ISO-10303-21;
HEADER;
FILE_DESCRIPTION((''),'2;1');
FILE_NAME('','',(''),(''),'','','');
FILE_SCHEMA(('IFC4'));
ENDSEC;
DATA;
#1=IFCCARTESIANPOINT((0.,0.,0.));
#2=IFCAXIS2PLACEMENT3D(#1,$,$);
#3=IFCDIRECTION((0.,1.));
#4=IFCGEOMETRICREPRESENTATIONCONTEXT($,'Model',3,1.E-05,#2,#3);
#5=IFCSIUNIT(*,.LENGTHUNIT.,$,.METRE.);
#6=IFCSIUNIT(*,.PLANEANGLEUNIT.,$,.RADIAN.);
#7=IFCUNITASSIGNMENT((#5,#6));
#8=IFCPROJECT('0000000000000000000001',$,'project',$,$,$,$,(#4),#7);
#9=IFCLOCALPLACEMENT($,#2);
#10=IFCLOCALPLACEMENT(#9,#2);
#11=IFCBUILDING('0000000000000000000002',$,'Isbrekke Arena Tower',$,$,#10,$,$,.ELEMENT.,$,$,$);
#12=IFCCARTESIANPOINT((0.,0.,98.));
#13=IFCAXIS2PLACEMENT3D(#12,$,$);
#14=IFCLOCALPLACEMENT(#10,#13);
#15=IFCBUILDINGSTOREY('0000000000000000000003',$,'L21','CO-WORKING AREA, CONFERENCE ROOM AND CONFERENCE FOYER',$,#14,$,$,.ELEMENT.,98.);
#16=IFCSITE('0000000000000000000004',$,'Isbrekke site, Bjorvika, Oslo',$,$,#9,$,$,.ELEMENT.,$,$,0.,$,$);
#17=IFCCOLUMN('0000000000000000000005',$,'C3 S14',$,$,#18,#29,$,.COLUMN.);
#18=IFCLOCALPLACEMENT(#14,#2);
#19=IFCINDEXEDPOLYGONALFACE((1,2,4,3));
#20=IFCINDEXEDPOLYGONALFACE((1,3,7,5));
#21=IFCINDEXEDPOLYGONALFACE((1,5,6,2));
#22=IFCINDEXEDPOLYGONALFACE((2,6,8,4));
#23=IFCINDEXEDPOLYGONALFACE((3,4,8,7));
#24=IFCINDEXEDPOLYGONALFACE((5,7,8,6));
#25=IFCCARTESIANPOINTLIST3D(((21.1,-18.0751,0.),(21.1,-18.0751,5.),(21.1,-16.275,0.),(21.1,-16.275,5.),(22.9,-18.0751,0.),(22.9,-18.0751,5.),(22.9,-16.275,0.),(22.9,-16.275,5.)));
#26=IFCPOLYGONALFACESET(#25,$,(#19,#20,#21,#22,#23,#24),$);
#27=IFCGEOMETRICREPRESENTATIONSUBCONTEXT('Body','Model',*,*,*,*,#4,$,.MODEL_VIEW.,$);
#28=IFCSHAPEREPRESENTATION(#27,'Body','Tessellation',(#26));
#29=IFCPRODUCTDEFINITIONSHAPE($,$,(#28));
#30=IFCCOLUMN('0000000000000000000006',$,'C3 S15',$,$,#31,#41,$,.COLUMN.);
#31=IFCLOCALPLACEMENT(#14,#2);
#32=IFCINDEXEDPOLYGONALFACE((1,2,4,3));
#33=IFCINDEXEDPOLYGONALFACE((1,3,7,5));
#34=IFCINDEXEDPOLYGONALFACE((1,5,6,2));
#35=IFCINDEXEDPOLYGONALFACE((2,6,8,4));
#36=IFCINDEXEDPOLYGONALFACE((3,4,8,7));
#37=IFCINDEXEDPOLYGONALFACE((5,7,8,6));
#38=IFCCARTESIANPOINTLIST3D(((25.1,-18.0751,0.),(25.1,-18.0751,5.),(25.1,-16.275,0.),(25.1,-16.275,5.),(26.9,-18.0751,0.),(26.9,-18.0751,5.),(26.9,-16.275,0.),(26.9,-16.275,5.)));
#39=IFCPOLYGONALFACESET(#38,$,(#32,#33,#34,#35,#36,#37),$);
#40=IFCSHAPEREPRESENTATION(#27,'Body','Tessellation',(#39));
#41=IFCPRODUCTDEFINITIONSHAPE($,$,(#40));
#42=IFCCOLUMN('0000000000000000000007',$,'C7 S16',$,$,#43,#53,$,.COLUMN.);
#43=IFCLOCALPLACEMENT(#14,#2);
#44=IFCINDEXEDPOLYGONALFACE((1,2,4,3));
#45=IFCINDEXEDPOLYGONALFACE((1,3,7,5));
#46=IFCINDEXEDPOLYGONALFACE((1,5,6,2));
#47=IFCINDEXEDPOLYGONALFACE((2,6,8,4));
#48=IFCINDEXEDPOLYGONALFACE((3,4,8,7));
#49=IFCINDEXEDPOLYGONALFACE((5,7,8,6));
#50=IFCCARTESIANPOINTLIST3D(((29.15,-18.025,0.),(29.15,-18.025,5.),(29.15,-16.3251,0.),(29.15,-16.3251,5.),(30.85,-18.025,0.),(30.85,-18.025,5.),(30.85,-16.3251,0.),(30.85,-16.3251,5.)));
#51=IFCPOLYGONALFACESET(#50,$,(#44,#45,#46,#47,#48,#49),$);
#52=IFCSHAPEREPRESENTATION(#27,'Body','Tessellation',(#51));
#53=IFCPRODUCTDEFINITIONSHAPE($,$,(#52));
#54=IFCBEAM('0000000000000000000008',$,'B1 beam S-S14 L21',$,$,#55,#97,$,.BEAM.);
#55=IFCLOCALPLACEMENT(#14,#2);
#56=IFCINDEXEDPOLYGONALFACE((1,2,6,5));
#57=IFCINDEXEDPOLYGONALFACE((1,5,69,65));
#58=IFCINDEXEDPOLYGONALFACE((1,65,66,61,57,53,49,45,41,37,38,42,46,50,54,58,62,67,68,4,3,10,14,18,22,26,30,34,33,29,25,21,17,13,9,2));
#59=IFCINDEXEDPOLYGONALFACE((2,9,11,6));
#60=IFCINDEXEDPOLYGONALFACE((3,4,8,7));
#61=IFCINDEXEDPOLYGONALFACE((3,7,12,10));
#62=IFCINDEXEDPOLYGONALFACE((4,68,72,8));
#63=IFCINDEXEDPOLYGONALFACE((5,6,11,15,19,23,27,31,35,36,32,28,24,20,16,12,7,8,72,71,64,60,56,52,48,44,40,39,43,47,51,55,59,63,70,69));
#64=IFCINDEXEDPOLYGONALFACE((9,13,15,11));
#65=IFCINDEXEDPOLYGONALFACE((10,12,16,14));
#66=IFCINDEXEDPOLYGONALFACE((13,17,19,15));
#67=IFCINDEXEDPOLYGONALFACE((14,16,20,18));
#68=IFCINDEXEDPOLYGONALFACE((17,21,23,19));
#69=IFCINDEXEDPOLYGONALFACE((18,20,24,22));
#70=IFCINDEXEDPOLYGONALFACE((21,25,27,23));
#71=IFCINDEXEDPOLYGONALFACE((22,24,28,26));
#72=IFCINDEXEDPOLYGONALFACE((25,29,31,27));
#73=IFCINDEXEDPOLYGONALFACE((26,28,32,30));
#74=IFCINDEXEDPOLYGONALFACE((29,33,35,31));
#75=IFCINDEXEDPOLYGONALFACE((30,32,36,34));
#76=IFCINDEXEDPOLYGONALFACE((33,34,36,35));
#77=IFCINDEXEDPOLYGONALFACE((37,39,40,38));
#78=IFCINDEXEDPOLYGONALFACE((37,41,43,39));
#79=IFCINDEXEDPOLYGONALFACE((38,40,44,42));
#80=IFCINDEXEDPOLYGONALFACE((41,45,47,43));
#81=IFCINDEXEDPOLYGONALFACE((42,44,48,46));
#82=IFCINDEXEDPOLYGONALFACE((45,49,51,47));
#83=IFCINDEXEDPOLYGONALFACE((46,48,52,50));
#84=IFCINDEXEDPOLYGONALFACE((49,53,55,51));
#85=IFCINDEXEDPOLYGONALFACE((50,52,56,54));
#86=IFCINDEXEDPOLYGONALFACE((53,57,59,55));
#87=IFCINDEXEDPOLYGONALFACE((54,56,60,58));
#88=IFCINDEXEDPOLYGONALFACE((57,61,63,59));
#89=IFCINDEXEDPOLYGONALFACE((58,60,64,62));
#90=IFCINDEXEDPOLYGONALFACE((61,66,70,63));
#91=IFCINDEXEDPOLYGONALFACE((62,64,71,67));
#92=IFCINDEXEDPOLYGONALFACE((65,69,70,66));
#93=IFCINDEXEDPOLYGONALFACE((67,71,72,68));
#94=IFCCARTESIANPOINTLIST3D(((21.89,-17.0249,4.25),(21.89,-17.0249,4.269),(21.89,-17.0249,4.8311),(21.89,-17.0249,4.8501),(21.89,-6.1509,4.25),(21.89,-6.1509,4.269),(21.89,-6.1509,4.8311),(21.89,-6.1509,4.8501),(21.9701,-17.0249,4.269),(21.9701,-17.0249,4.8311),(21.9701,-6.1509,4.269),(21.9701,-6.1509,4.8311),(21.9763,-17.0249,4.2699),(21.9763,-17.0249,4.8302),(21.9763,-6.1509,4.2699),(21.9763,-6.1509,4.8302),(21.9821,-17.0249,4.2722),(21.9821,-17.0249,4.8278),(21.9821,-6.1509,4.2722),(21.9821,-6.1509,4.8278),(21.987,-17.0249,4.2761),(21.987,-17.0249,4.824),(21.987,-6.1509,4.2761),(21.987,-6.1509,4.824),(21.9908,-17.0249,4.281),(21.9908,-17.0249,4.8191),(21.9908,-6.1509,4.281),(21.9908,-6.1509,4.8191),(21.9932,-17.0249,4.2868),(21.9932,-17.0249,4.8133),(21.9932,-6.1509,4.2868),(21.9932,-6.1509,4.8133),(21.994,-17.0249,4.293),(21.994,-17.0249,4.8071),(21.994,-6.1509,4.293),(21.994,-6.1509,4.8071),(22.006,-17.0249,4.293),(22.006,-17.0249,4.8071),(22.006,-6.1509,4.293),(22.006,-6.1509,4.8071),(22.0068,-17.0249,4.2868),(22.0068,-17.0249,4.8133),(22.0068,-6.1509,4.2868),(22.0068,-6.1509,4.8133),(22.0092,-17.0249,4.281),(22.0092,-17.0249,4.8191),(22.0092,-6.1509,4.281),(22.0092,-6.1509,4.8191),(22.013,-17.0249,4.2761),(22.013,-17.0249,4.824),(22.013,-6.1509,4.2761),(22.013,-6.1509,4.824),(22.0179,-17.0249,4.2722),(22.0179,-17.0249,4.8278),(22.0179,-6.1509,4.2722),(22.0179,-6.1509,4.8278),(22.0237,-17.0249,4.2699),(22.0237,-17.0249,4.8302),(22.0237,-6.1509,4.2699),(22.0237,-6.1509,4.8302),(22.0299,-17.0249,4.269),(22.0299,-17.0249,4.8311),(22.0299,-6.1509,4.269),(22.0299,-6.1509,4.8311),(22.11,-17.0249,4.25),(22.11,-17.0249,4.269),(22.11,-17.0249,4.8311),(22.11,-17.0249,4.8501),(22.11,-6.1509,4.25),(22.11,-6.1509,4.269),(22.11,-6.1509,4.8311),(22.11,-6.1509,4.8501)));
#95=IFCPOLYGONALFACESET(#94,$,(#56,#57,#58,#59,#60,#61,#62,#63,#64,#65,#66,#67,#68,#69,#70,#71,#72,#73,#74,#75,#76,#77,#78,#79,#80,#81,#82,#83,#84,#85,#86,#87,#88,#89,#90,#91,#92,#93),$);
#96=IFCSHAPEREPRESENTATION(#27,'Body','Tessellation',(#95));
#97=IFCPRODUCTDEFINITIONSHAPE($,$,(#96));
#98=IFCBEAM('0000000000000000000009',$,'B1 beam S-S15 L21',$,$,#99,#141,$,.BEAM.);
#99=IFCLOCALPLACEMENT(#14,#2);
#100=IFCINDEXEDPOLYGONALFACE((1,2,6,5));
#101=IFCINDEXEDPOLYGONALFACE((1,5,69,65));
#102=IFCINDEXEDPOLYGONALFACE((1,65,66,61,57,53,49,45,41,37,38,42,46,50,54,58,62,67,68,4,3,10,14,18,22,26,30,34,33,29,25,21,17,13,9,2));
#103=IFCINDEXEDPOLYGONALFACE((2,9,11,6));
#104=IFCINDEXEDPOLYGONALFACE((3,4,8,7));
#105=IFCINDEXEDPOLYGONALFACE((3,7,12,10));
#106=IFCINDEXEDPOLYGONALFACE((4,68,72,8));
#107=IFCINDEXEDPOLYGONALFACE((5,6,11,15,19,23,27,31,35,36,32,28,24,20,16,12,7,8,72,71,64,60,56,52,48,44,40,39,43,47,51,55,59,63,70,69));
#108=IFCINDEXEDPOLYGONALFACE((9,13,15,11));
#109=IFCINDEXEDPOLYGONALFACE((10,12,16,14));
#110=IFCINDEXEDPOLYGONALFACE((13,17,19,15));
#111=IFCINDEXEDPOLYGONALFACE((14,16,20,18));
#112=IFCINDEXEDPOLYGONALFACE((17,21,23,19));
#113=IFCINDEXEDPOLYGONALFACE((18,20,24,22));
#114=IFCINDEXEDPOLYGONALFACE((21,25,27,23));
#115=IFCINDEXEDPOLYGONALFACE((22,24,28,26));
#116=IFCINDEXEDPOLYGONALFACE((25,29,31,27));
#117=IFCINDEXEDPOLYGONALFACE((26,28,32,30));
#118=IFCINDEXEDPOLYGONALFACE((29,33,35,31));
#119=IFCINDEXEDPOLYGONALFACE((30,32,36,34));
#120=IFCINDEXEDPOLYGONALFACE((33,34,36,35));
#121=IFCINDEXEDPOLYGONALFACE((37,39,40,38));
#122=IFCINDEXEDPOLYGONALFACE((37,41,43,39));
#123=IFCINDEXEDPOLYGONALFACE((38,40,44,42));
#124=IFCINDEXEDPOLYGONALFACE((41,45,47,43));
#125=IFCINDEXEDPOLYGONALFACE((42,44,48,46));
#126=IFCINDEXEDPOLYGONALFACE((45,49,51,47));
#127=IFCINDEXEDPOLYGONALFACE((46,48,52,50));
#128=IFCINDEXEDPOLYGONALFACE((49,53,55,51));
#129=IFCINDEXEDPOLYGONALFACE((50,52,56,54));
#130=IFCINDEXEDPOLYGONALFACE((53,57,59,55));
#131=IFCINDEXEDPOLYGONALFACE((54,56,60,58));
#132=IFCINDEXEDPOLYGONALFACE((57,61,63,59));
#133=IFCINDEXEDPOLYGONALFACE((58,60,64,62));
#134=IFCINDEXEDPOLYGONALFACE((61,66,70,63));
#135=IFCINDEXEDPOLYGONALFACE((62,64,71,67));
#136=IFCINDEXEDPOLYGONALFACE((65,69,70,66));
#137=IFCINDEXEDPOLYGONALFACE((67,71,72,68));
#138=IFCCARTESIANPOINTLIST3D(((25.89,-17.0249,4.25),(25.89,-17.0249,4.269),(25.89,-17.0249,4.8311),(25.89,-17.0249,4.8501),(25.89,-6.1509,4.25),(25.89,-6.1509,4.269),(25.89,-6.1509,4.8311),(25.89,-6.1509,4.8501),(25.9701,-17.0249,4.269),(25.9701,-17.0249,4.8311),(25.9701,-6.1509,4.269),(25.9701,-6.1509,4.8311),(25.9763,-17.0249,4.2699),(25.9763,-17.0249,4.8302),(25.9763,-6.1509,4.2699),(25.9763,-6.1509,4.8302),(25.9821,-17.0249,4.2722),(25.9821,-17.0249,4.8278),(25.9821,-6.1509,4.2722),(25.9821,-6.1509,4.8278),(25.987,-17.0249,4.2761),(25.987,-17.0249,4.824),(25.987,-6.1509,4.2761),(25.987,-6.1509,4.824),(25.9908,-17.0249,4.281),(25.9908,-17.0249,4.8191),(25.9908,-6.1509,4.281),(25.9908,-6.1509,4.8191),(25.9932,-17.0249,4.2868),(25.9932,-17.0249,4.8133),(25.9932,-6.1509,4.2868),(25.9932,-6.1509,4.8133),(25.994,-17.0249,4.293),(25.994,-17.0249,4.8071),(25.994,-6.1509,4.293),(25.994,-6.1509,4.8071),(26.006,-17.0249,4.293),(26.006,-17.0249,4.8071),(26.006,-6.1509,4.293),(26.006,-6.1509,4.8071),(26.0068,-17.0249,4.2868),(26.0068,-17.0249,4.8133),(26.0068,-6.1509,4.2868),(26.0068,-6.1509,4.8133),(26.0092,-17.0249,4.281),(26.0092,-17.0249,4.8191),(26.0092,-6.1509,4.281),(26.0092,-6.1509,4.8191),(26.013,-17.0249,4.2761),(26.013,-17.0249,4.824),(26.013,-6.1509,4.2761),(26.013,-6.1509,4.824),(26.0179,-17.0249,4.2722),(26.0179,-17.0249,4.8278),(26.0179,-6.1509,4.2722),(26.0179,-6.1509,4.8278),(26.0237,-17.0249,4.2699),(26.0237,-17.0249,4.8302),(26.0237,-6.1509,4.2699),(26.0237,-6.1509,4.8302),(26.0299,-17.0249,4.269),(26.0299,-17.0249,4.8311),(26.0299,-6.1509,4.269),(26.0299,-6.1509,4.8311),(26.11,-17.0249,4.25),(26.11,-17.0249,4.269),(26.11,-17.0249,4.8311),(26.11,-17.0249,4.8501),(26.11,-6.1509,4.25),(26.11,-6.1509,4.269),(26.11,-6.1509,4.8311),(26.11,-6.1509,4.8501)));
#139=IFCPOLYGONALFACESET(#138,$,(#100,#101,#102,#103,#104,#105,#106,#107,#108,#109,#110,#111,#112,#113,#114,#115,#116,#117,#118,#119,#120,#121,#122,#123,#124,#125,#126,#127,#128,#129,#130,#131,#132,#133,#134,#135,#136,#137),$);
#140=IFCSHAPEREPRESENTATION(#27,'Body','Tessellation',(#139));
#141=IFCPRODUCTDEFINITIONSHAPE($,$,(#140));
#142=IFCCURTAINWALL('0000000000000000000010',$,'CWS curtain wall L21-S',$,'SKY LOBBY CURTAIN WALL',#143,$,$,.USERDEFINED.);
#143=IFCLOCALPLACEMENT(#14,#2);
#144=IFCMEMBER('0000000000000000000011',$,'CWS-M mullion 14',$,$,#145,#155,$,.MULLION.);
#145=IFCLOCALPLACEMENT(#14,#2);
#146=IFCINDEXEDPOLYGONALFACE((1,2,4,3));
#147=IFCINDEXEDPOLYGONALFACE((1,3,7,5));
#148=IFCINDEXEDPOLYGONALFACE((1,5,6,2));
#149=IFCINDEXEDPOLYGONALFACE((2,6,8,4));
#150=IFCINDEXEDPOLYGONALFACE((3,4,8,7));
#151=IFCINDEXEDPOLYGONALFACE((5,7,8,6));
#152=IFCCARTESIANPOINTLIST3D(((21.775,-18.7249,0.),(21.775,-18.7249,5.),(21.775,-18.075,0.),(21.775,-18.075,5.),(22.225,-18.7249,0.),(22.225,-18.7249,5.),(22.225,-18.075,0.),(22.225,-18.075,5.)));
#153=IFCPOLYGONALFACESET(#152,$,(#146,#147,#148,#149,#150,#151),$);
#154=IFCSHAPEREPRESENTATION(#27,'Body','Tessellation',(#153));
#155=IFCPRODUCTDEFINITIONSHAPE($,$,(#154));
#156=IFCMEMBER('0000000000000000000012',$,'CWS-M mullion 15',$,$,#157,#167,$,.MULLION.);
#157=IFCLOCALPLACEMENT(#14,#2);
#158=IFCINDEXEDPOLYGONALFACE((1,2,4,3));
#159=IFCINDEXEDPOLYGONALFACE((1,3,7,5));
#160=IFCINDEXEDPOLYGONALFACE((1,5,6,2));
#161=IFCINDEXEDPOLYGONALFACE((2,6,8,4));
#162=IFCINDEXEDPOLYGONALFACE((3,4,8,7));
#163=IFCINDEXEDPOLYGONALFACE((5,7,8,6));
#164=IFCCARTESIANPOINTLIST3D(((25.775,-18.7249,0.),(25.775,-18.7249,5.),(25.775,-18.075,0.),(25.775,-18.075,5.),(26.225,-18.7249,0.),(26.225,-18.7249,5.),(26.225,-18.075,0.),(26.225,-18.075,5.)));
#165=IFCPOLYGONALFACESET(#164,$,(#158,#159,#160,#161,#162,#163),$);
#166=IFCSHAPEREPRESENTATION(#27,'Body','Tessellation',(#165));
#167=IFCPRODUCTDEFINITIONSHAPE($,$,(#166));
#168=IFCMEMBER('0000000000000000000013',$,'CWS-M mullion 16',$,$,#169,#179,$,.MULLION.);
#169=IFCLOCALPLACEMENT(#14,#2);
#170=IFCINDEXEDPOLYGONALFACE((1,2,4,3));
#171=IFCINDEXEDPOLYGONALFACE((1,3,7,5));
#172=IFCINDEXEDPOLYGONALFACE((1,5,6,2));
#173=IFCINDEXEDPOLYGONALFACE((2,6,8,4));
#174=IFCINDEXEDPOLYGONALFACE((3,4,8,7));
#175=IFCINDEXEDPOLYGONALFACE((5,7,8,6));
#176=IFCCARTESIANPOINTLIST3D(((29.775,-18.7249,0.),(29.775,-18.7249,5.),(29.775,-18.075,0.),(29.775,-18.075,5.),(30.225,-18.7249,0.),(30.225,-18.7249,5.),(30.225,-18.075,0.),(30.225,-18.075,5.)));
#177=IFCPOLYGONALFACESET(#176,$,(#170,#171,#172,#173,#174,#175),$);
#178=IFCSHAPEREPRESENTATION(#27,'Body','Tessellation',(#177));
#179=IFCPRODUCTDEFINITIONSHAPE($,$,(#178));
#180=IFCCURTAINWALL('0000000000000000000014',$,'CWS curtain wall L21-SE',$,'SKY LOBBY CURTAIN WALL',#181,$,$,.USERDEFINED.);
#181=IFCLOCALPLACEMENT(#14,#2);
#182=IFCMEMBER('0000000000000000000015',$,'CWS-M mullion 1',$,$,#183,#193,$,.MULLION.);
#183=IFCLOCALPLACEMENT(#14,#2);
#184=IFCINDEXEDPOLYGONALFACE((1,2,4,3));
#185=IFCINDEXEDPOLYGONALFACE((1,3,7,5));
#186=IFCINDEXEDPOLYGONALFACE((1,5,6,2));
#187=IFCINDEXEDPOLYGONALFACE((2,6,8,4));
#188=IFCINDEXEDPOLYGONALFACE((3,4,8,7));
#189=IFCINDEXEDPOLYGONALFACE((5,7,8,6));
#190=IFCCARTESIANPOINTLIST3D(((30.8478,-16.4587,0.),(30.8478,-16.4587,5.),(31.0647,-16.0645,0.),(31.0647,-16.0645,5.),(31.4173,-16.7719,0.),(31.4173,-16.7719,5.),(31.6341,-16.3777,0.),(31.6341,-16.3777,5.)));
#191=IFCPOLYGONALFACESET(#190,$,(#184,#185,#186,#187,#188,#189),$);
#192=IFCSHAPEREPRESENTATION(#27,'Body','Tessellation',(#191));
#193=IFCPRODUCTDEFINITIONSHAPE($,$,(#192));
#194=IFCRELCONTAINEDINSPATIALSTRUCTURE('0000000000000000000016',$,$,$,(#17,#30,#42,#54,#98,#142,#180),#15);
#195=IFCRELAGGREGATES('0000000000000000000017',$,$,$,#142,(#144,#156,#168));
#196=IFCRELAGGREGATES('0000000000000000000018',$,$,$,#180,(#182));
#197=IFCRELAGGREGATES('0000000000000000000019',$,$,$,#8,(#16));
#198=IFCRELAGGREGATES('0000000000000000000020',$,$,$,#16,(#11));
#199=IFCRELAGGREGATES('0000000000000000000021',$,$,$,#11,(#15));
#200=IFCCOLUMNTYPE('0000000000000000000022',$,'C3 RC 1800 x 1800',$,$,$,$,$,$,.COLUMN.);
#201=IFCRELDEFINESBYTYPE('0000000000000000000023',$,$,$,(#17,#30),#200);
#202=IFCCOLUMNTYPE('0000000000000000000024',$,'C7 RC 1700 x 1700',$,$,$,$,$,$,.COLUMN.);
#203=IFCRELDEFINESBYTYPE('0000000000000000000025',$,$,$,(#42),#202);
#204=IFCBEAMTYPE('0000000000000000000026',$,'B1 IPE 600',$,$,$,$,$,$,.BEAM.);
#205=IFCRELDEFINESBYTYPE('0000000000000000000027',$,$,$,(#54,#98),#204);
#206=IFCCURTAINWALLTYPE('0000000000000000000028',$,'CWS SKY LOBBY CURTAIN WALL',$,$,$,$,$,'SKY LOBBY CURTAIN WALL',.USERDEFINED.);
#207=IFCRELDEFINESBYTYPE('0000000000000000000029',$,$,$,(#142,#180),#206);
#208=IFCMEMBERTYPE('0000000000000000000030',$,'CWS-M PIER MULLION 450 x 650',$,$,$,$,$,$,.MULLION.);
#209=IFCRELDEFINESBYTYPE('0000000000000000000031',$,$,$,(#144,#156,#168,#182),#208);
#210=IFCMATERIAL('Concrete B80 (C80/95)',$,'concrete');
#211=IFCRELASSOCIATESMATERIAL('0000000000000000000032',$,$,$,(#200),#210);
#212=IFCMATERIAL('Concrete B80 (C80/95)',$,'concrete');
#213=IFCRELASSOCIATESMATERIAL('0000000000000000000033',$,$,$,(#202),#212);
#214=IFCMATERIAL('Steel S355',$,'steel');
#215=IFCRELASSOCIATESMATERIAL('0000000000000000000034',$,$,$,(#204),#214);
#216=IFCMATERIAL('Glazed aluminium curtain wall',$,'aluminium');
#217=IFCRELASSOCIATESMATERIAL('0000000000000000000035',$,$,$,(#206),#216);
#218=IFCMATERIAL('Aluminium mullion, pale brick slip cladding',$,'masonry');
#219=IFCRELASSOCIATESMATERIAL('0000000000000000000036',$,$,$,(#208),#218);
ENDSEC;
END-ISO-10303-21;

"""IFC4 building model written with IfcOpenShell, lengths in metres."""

from ifc_helpers import new_model, si_unit, direction, frame, origin, origin_2d, place, context, subcontext, project, spatial, rectangle, i_section, extrude, material, material_profile, profile_set, type_object, element, aggregate, save


model = new_model("IFC4")

# Units and contexts
model_context = context("Model", 3, precision=1e-05, world=origin(), true_north=direction((0.0, 1.0)))
body_context = subcontext(model_context, "Body", "Model", "MODEL_VIEW")
ifc_project = project(units=[si_unit("LENGTHUNIT", "METRE"), si_unit("PLANEANGLEUNIT", "RADIAN")], contexts=[model_context])

# Site, building, storey
site_placement = place(None, origin())
site = spatial("IfcSite", under=ifc_project, at=site_placement, Name="Isbrekke site, Bjorvika, Oslo", CompositionType="ELEMENT", RefElevation=0.0)
building_placement = place(site_placement, origin())
building = spatial("IfcBuilding", under=site, at=building_placement, Name="Isbrekke Arena Tower", CompositionType="ELEMENT")
storey_placement = place(building_placement, frame((0.0, 0.0, 98.0)))
storey = spatial("IfcBuildingStorey", under=building, at=storey_placement, Name="L21", Description="CO-WORKING AREA, CONFERENCE ROOM AND CONFERENCE FOYER", CompositionType="ELEMENT", Elevation=98.0)

# Columns
ifc_material_1 = material(Name="Concrete B80 (C80/95)", Category="concrete")
ifc_material_profile_1 = material_profile(ifc_material_1, rectangle(XDim=1.8, YDim=1.8, at=origin_2d()), Name="RC 1800x1800")
ifc_profile_set_1 = profile_set([ifc_material_profile_1], Name="Concrete B80 (C80/95)")
column_type_1 = type_object("IfcColumnType", Name="C3 RC 1800 x 1800", PredefinedType="COLUMN", material=ifc_profile_set_1)
for number, where, z_axis, x_axis, name in (
    (1, (22.0, -17.175, 0.0), (0.0, 0.0, 1.0), (1.0, 0.0, 0.0), "C3 S14"),
    (2, (26.0, -17.175, 0.0), (0.0, 0.0, 1.0), (1.0, 0.0, 0.0), "C3 S15"),
):
    element("IfcColumn", number, at=place(storey_placement, frame(where, z_axis=z_axis, x_axis=x_axis)), inside=storey, type_object=column_type_1, Name=name, PredefinedType="COLUMN", context=body_context, shape_type="SweptSolid", body=[
        extrude(rectangle(XDim=1.8, YDim=1.8, at=origin_2d()), origin(), (0.0, 0.0, 1.0), 5.0),
    ])
ifc_material_2 = material(Name="Concrete B80 (C80/95)", Category="concrete")
ifc_material_profile_2 = material_profile(ifc_material_2, rectangle(XDim=1.7, YDim=1.7, at=origin_2d()), Name="RC 1700x1700")
ifc_profile_set_2 = profile_set([ifc_material_profile_2], Name="Concrete B80 (C80/95)")
column_type_2 = type_object("IfcColumnType", Name="C7 RC 1700 x 1700", PredefinedType="COLUMN", material=ifc_profile_set_2)
column_placement = place(storey_placement, frame((30.0, -17.175, 0.0), z_axis=(0.0, 0.0, 1.0), x_axis=(1.0, 0.0, 0.0)))
element("IfcColumn", 3, at=column_placement, inside=storey, type_object=column_type_2, Name="C7 S16", PredefinedType="COLUMN", context=body_context, shape_type="SweptSolid", body=[
    extrude(rectangle(XDim=1.7, YDim=1.7, at=origin_2d()), origin(), (0.0, 0.0, 1.0), 5.0),
])

# Beams
ifc_material_3 = material(Name="Steel S355", Category="steel")
ifc_material_profile_3 = material_profile(ifc_material_3, i_section(OverallWidth=0.22, OverallDepth=0.6001, WebThickness=0.012, FlangeThickness=0.019, FilletRadius=0.0239, at=origin_2d()), Name="IPE 600")
ifc_profile_set_3 = profile_set([ifc_material_profile_3], Name="Steel S355")
beam_type_1 = type_object("IfcBeamType", Name="B1 IPE 600", PredefinedType="BEAM", material=ifc_profile_set_3)
for number, where, z_axis, x_axis, name in (
    (4, (22.0, -17.0249, 4.55), (0.0, 1.0, 0.0), (-1.0, 0.0, 0.0), "B1 beam S-S14 L21"),
    (5, (26.0, -17.0249, 4.55), (0.0, 1.0, 0.0), (-1.0, 0.0, 0.0), "B1 beam S-S15 L21"),
):
    element("IfcBeam", number, at=place(storey_placement, frame(where, z_axis=z_axis, x_axis=x_axis)), inside=storey, type_object=beam_type_1, Name=name, PredefinedType="BEAM", context=body_context, shape_type="SweptSolid", body=[
        extrude(i_section(OverallWidth=0.22, OverallDepth=0.6001, WebThickness=0.012, FlangeThickness=0.019, FilletRadius=0.0239, at=origin_2d()), origin(), (0.0, 0.0, 1.0), 10.874),
    ])

# Curtain walls, members
ifc_material_4 = material(Name="Glazed aluminium curtain wall", Category="aluminium")
curtain_wall_type = type_object("IfcCurtainWallType", Name="CWS SKY LOBBY CURTAIN WALL", ElementType="SKY LOBBY CURTAIN WALL", PredefinedType="USERDEFINED", material=ifc_material_4)
curtain_wall_1_placement = place(storey_placement, origin())
curtain_wall_1 = element("IfcCurtainWall", 6, at=curtain_wall_1_placement, inside=storey, type_object=curtain_wall_type, Name="CWS curtain wall L21-S", ObjectType="SKY LOBBY CURTAIN WALL", PredefinedType="USERDEFINED")
ifc_material_5 = material(Name="Aluminium mullion, pale brick slip cladding", Category="masonry")
ifc_material_profile_4 = material_profile(ifc_material_5, rectangle(XDim=0.45, YDim=0.6499, at=origin_2d()), Name="PIER 450X650")
ifc_profile_set_4 = profile_set([ifc_material_profile_4], Name="Aluminium mullion, pale brick slip cladding")
member_type_1 = type_object("IfcMemberType", Name="CWS-M PIER MULLION 450 x 650", PredefinedType="MULLION", material=ifc_profile_set_4)
member_1_placement = place(storey_placement, frame((22.0, -18.3999, 0.0), z_axis=(0.0, 0.0, 1.0), x_axis=(1.0, 0.0, 0.0)))
member_1 = element("IfcMember", 7, at=member_1_placement, type_object=member_type_1, Name="CWS-M mullion 14", PredefinedType="MULLION", context=body_context, shape_type="SweptSolid", body=[
    extrude(rectangle(XDim=0.45, YDim=0.6499, at=origin_2d()), origin(), (0.0, 0.0, 1.0), 5.0),
])
member_2_placement = place(storey_placement, frame((26.0, -18.3999, 0.0), z_axis=(0.0, 0.0, 1.0), x_axis=(1.0, 0.0, 0.0)))
member_2 = element("IfcMember", 8, at=member_2_placement, type_object=member_type_1, Name="CWS-M mullion 15", PredefinedType="MULLION", context=body_context, shape_type="SweptSolid", body=[
    extrude(rectangle(XDim=0.45, YDim=0.6499, at=origin_2d()), origin(), (0.0, 0.0, 1.0), 5.0),
])
member_3_placement = place(storey_placement, frame((30.0, -18.3999, 0.0), z_axis=(0.0, 0.0, 1.0), x_axis=(1.0, 0.0, 0.0)))
member_3 = element("IfcMember", 9, at=member_3_placement, type_object=member_type_1, Name="CWS-M mullion 16", PredefinedType="MULLION", context=body_context, shape_type="SweptSolid", body=[
    extrude(rectangle(XDim=0.45, YDim=0.6499, at=origin_2d()), origin(), (0.0, 0.0, 1.0), 5.0),
])
curtain_wall_2_placement = place(storey_placement, origin())
curtain_wall_2 = element("IfcCurtainWall", 10, at=curtain_wall_2_placement, inside=storey, type_object=curtain_wall_type, Name="CWS curtain wall L21-SE", ObjectType="SKY LOBBY CURTAIN WALL", PredefinedType="USERDEFINED")
member_4_placement = place(storey_placement, frame((31.241, -16.4182, 0.0), z_axis=(0.0, 0.0, 1.0), x_axis=(0.481919, 0.876216, 0.0)))
member_4 = element("IfcMember", 11, at=member_4_placement, type_object=member_type_1, Name="CWS-M mullion 1", PredefinedType="MULLION", context=body_context, shape_type="SweptSolid", body=[
    extrude(rectangle(XDim=0.45, YDim=0.6499, at=origin_2d()), origin(), (0.0, 0.0, 1.0), 5.0),
])

aggregate(curtain_wall_1, [member_1, member_2, member_3])
aggregate(curtain_wall_2, [member_4])

save(model, "model.ifc")
